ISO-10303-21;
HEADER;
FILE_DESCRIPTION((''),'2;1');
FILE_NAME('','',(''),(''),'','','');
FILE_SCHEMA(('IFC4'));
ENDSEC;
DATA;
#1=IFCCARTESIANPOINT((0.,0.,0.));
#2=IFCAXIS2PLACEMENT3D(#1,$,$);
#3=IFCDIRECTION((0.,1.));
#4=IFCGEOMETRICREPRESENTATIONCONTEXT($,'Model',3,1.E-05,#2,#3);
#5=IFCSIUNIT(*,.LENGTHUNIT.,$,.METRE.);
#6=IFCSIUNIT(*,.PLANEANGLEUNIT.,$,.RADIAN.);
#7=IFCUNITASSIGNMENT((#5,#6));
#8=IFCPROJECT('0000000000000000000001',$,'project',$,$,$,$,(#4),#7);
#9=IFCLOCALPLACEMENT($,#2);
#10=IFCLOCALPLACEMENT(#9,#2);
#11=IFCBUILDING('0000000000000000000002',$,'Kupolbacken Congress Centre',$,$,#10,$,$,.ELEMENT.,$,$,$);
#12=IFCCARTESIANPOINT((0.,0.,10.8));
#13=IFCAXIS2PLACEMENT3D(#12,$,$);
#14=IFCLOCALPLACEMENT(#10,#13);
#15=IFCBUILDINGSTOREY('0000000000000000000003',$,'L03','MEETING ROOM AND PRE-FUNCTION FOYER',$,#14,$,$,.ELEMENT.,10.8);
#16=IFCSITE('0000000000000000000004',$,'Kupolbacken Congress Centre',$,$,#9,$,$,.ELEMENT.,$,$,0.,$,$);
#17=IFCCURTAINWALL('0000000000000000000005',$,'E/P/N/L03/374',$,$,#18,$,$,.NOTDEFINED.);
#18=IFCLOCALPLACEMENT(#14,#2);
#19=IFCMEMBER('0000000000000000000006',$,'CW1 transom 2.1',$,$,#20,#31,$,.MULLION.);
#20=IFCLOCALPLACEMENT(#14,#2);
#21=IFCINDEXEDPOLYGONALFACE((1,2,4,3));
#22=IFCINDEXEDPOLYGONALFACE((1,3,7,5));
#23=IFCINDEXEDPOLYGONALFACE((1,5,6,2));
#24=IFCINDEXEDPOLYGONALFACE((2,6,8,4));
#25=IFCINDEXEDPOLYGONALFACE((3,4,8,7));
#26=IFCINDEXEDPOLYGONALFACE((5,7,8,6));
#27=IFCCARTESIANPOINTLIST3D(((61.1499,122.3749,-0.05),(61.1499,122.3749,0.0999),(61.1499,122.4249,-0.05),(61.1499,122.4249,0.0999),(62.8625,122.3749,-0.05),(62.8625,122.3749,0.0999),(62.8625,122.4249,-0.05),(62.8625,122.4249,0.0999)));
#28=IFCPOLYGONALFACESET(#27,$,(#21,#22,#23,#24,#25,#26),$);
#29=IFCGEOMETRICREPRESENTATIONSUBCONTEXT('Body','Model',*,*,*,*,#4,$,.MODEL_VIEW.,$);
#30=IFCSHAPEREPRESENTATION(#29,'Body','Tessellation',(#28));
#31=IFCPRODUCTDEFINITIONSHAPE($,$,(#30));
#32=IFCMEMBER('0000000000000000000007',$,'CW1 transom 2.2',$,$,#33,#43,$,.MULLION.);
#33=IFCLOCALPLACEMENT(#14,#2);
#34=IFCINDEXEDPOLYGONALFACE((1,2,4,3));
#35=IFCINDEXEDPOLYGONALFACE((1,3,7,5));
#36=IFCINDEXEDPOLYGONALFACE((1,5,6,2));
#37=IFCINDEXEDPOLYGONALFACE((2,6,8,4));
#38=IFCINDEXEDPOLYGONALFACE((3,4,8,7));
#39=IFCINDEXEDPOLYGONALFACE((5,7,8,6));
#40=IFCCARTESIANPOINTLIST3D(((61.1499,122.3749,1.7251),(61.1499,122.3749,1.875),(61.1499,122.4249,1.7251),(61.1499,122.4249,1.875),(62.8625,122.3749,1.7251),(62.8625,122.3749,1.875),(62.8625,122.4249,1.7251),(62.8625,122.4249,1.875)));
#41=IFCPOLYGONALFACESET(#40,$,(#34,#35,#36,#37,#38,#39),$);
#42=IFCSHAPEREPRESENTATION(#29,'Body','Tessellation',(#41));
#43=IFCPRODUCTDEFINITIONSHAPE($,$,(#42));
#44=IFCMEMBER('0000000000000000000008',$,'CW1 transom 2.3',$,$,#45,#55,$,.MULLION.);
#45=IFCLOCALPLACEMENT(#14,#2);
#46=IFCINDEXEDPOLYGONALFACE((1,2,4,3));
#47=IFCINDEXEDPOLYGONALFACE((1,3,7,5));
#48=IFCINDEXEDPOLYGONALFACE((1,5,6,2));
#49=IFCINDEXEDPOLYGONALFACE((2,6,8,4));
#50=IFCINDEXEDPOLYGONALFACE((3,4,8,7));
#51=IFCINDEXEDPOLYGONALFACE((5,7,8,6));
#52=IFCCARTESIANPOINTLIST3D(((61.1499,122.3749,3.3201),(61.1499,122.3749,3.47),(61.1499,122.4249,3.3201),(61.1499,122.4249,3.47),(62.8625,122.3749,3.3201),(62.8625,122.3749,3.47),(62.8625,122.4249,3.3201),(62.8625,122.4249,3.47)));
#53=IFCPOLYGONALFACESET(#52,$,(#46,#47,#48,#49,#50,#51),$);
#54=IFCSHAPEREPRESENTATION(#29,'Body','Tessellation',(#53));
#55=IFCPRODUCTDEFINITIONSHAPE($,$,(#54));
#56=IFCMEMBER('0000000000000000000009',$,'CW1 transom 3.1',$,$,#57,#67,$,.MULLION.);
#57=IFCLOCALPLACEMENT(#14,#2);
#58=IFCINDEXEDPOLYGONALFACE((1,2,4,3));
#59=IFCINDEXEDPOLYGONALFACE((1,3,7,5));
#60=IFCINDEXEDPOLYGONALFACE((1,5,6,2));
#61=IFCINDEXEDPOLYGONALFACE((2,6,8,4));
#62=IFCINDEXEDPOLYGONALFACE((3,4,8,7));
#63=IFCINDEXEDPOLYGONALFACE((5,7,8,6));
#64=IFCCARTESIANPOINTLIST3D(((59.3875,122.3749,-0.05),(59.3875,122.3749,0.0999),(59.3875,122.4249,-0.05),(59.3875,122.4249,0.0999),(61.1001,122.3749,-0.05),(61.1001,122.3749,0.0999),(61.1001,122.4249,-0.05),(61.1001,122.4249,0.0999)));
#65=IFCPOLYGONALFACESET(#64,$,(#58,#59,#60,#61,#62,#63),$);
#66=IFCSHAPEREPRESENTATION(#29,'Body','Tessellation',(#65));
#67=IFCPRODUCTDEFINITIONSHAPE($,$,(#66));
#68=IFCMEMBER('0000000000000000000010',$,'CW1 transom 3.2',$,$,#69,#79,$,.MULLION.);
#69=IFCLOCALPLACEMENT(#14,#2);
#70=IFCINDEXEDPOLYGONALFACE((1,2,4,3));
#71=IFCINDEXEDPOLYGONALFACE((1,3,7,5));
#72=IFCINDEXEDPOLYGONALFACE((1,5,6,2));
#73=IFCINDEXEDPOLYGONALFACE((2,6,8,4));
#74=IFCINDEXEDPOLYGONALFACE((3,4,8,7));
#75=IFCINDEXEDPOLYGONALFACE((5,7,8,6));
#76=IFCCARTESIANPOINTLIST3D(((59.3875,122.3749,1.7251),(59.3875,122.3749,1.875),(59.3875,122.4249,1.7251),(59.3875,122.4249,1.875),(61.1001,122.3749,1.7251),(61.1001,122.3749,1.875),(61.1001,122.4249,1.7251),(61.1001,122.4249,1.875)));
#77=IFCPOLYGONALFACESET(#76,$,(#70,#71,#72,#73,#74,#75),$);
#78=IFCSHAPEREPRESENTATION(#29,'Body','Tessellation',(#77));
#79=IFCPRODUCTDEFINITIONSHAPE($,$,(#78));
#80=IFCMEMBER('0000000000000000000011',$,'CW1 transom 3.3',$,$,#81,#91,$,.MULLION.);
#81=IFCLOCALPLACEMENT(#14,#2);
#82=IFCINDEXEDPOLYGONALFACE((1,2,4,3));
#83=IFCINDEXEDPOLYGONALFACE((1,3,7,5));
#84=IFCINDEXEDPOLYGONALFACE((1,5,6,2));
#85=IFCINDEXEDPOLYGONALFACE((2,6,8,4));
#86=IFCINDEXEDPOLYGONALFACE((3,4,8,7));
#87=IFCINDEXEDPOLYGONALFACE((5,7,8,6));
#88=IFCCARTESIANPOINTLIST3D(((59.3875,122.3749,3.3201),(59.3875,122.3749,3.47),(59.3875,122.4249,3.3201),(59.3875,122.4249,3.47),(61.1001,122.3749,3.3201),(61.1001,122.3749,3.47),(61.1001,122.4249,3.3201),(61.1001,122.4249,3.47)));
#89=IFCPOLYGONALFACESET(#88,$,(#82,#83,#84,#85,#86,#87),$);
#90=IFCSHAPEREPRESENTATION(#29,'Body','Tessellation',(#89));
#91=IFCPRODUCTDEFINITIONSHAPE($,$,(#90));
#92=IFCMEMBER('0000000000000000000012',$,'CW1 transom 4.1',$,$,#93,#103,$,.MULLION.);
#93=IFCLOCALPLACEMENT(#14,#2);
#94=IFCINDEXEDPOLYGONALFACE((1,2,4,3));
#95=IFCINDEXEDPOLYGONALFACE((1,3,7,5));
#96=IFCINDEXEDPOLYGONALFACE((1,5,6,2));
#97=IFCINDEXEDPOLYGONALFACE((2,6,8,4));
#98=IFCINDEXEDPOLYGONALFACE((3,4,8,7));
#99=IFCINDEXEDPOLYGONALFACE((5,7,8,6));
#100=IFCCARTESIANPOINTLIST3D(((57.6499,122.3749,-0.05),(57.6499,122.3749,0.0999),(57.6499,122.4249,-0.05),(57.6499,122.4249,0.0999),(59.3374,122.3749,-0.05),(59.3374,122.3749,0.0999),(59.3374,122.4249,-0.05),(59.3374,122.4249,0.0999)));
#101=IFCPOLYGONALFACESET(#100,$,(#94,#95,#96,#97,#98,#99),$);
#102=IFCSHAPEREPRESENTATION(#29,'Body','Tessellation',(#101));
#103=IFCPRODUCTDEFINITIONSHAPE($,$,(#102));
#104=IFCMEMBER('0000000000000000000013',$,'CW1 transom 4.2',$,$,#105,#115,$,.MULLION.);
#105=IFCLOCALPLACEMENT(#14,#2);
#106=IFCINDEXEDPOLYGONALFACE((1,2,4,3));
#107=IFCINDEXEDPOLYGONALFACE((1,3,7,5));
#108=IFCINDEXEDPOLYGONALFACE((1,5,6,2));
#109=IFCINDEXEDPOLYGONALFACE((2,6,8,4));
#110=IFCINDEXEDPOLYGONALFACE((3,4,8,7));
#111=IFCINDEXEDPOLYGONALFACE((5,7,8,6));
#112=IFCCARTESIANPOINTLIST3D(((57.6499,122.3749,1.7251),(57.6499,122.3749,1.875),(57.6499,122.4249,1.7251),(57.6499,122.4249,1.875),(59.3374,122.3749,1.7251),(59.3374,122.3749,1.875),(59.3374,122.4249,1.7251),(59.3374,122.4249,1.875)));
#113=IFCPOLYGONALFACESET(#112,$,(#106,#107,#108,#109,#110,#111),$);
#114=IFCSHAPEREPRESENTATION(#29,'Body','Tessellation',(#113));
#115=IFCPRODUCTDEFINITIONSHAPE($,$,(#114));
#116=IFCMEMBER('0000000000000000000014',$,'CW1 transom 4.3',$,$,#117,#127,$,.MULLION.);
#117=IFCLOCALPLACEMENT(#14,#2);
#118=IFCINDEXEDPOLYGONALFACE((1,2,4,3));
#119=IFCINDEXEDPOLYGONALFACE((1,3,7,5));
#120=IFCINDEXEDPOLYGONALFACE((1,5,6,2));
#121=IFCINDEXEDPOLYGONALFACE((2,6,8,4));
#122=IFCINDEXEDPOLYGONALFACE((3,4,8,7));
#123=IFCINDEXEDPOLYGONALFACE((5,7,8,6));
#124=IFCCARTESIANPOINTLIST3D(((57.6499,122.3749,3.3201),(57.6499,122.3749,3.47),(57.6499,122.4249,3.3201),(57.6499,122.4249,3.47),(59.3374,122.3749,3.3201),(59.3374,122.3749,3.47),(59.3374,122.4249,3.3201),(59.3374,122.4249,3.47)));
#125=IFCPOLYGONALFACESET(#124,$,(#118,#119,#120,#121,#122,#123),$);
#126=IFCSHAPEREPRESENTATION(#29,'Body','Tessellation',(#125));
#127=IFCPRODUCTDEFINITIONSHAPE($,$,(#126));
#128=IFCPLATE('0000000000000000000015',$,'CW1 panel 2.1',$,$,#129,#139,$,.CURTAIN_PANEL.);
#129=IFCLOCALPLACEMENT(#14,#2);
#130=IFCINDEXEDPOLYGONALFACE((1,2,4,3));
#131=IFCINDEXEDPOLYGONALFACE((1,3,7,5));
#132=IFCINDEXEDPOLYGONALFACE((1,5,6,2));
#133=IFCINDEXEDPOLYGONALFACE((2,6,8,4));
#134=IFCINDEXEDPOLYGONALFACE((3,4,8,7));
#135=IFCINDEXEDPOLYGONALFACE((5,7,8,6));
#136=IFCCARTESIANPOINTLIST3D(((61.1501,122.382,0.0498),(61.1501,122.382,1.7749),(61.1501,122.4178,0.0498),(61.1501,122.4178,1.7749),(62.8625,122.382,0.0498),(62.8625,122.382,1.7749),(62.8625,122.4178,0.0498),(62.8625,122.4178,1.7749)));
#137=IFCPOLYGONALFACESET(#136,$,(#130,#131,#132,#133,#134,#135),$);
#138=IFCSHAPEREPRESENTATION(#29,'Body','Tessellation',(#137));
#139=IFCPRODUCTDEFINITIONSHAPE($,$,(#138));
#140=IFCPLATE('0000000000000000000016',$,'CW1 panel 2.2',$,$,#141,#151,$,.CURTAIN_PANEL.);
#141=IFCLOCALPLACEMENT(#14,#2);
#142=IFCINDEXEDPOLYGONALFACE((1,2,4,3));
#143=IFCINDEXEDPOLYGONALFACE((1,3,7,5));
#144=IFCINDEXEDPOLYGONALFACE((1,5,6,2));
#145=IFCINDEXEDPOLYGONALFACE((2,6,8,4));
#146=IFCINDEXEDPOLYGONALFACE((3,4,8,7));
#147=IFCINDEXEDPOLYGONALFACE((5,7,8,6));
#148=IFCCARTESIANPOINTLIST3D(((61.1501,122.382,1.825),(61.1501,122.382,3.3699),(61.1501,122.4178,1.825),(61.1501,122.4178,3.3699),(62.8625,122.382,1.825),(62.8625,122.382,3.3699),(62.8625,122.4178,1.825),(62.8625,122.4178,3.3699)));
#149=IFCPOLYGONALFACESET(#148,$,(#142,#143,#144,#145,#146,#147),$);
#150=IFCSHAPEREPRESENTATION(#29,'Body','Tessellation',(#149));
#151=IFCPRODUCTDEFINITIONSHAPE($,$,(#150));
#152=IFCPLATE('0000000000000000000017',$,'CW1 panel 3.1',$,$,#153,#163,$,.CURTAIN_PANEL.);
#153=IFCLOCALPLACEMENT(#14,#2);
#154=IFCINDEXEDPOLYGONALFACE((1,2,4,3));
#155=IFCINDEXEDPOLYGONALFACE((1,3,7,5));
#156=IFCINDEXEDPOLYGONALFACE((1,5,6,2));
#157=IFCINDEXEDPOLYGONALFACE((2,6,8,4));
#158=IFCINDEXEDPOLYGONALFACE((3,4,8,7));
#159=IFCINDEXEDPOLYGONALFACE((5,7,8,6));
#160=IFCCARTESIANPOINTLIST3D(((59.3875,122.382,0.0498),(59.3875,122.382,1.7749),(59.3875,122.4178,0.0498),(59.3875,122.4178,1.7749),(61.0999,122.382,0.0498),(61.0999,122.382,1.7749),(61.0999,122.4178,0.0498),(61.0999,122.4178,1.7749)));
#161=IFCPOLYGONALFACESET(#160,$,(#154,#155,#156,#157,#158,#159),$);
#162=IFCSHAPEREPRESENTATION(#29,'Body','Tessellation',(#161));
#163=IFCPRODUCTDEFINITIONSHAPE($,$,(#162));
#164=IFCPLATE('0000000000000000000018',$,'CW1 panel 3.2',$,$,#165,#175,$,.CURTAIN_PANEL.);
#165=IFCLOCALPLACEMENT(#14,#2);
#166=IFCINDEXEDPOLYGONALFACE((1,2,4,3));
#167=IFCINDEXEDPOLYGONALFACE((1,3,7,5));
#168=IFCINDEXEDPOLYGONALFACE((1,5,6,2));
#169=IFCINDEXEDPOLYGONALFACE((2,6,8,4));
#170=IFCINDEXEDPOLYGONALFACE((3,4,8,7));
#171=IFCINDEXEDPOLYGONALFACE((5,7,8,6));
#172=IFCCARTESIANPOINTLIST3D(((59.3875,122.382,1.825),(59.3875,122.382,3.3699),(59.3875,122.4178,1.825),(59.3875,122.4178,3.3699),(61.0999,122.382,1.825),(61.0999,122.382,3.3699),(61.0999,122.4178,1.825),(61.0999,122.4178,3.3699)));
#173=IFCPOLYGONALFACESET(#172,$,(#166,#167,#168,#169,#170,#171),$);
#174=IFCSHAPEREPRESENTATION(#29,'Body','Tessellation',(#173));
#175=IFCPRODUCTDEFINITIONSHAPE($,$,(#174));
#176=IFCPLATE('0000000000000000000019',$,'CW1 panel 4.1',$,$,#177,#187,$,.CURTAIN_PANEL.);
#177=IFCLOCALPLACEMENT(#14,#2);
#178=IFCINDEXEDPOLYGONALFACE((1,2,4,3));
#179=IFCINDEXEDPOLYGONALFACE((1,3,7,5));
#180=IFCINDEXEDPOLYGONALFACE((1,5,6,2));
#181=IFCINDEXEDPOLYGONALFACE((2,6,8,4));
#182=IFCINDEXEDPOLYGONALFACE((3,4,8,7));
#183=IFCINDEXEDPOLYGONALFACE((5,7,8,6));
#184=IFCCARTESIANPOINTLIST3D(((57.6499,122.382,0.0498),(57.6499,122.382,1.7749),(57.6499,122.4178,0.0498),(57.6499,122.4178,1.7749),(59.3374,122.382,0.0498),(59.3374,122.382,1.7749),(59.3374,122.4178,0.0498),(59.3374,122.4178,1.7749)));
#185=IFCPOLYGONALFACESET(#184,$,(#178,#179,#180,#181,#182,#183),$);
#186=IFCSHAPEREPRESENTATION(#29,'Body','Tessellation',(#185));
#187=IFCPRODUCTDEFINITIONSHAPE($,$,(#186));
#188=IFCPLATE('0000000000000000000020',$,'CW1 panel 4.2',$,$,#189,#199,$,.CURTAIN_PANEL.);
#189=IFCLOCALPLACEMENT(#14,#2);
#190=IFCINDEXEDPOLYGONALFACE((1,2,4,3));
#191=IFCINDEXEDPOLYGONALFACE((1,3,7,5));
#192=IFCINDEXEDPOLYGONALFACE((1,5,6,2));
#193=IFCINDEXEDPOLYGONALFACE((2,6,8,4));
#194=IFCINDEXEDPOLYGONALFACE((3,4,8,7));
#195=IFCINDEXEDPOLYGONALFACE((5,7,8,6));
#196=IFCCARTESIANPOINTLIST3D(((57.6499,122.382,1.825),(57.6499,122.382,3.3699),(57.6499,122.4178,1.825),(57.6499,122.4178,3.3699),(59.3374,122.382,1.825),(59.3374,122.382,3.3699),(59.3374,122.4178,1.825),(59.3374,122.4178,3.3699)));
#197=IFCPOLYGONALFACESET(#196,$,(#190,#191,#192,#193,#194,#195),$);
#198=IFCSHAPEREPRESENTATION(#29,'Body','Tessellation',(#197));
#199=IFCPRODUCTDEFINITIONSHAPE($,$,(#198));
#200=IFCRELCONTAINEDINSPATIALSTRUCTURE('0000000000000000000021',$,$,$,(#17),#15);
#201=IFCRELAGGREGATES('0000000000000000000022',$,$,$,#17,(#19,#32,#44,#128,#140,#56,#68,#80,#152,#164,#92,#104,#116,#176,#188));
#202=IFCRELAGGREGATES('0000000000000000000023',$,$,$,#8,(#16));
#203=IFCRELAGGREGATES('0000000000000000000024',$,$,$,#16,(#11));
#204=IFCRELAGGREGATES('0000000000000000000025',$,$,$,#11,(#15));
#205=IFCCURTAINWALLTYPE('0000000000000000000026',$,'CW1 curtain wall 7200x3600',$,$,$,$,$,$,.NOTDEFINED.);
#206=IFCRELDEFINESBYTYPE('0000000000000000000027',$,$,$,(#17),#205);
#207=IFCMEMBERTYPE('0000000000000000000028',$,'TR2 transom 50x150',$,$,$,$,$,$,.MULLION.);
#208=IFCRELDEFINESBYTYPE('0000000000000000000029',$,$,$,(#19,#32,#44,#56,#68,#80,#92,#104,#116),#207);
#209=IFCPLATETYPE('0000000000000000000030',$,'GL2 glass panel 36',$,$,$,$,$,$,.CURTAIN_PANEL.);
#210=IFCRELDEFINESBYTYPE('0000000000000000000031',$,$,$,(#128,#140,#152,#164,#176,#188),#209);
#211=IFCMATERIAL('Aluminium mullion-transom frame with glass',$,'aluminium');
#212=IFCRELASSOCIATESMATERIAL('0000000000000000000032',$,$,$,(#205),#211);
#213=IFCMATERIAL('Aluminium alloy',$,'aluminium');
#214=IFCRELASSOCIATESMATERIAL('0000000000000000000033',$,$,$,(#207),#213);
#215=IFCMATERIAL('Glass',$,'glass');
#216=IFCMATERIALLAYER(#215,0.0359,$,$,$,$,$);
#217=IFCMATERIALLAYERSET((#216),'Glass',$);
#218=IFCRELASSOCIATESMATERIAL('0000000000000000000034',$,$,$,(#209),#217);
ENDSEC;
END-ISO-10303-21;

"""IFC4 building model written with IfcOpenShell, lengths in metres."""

from ifc_helpers import new_model, si_unit, direction, frame, origin, origin_2d, place, context, subcontext, project, spatial, rectangle, extrude, material, layer, layer_set, material_profile, profile_set, type_object, element, aggregate, save


model = new_model("IFC4")

# Units and contexts
model_context = context("Model", 3, precision=1e-05, world=origin(), true_north=direction((0.0, 1.0)))
body_context = subcontext(model_context, "Body", "Model", "MODEL_VIEW")
ifc_project = project(units=[si_unit("LENGTHUNIT", "METRE"), si_unit("PLANEANGLEUNIT", "RADIAN")], contexts=[model_context])

# Site, building, storey
site_placement = place(None, origin())
site = spatial("IfcSite", under=ifc_project, at=site_placement, Name="Kupolbacken Congress Centre", CompositionType="ELEMENT", RefElevation=0.0)
building_placement = place(site_placement, origin())
building = spatial("IfcBuilding", under=site, at=building_placement, Name="Kupolbacken Congress Centre", CompositionType="ELEMENT")
storey_placement = place(building_placement, frame((0.0, 0.0, 10.8)))
storey = spatial("IfcBuildingStorey", under=building, at=storey_placement, Name="L03", Description="MEETING ROOM AND PRE-FUNCTION FOYER", CompositionType="ELEMENT", Elevation=10.8)

# Curtain wall, members, plates
ifc_material_1 = material(Name="Aluminium mullion-transom frame with glass", Category="aluminium")
curtain_wall_type = type_object("IfcCurtainWallType", Name="CW1 curtain wall 7200x3600", PredefinedType="NOTDEFINED", material=ifc_material_1)
curtain_wall_placement = place(storey_placement, origin())
curtain_wall = element("IfcCurtainWall", 1, at=curtain_wall_placement, inside=storey, type_object=curtain_wall_type, Name="E/P/N/L03/374", PredefinedType="NOTDEFINED")
ifc_material_2 = material(Name="Aluminium alloy", Category="aluminium")
ifc_material_profile_1 = material_profile(ifc_material_2, rectangle(XDim=0.05, YDim=0.1499, at=origin_2d()), Name="50 x 150")
ifc_profile_set_1 = profile_set([ifc_material_profile_1], Name="Aluminium alloy")
member_type_1 = type_object("IfcMemberType", Name="TR2 transom 50x150", PredefinedType="MULLION", material=ifc_profile_set_1)
member_1_placement = place(storey_placement, frame((62.8625, 122.3999, 0.0249), z_axis=(-1.0, 0.0, 0.0), x_axis=(0.0, -1.0, 0.0)))
member_1 = element("IfcMember", 2, at=member_1_placement, type_object=member_type_1, Name="CW1 transom 2.1", PredefinedType="MULLION", context=body_context, shape_type="SweptSolid", body=[
    extrude(rectangle(XDim=0.05, YDim=0.1499, at=origin_2d()), origin(), (0.0, 0.0, 1.0), 1.7126),
])
member_2_placement = place(storey_placement, frame((62.8625, 122.3999, 1.8), z_axis=(-1.0, 0.0, 0.0), x_axis=(0.0, -1.0, 0.0)))
member_2 = element("IfcMember", 3, at=member_2_placement, type_object=member_type_1, Name="CW1 transom 2.2", PredefinedType="MULLION", context=body_context, shape_type="SweptSolid", body=[
    extrude(rectangle(XDim=0.05, YDim=0.1499, at=origin_2d()), origin(), (0.0, 0.0, 1.0), 1.7126),
])
member_3_placement = place(storey_placement, frame((62.8625, 122.3999, 3.395), z_axis=(-1.0, 0.0, 0.0), x_axis=(0.0, -1.0, 0.0)))
member_3 = element("IfcMember", 4, at=member_3_placement, type_object=member_type_1, Name="CW1 transom 2.3", PredefinedType="MULLION", context=body_context, shape_type="SweptSolid", body=[
    extrude(rectangle(XDim=0.05, YDim=0.1499, at=origin_2d()), origin(), (0.0, 0.0, 1.0), 1.7126),
])
member_4_placement = place(storey_placement, frame((61.1001, 122.3999, 0.0249), z_axis=(-1.0, 0.0, 0.0), x_axis=(0.0, -1.0, 0.0)))
member_4 = element("IfcMember", 5, at=member_4_placement, type_object=member_type_1, Name="CW1 transom 3.1", PredefinedType="MULLION", context=body_context, shape_type="SweptSolid", body=[
    extrude(rectangle(XDim=0.05, YDim=0.1499, at=origin_2d()), origin(), (0.0, 0.0, 1.0), 1.7126),
])
member_5_placement = place(storey_placement, frame((61.1001, 122.3999, 1.8), z_axis=(-1.0, 0.0, 0.0), x_axis=(0.0, -1.0, 0.0)))
member_5 = element("IfcMember", 6, at=member_5_placement, type_object=member_type_1, Name="CW1 transom 3.2", PredefinedType="MULLION", context=body_context, shape_type="SweptSolid", body=[
    extrude(rectangle(XDim=0.05, YDim=0.1499, at=origin_2d()), origin(), (0.0, 0.0, 1.0), 1.7126),
])
member_6_placement = place(storey_placement, frame((61.1001, 122.3999, 3.395), z_axis=(-1.0, 0.0, 0.0), x_axis=(0.0, -1.0, 0.0)))
member_6 = element("IfcMember", 7, at=member_6_placement, type_object=member_type_1, Name="CW1 transom 3.3", PredefinedType="MULLION", context=body_context, shape_type="SweptSolid", body=[
    extrude(rectangle(XDim=0.05, YDim=0.1499, at=origin_2d()), origin(), (0.0, 0.0, 1.0), 1.7126),
])
member_7_placement = place(storey_placement, frame((59.3374, 122.3999, 0.0249), z_axis=(-1.0, 0.0, 0.0), x_axis=(0.0, -1.0, 0.0)))
member_7 = element("IfcMember", 8, at=member_7_placement, type_object=member_type_1, Name="CW1 transom 4.1", PredefinedType="MULLION", context=body_context, shape_type="SweptSolid", body=[
    extrude(rectangle(XDim=0.05, YDim=0.1499, at=origin_2d()), origin(), (0.0, 0.0, 1.0), 1.6875),
])
member_8_placement = place(storey_placement, frame((59.3374, 122.3999, 1.8), z_axis=(-1.0, 0.0, 0.0), x_axis=(0.0, -1.0, 0.0)))
member_8 = element("IfcMember", 9, at=member_8_placement, type_object=member_type_1, Name="CW1 transom 4.2", PredefinedType="MULLION", context=body_context, shape_type="SweptSolid", body=[
    extrude(rectangle(XDim=0.05, YDim=0.1499, at=origin_2d()), origin(), (0.0, 0.0, 1.0), 1.6875),
])
member_9_placement = place(storey_placement, frame((59.3374, 122.3999, 3.395), z_axis=(-1.0, 0.0, 0.0), x_axis=(0.0, -1.0, 0.0)))
member_9 = element("IfcMember", 10, at=member_9_placement, type_object=member_type_1, Name="CW1 transom 4.3", PredefinedType="MULLION", context=body_context, shape_type="SweptSolid", body=[
    extrude(rectangle(XDim=0.05, YDim=0.1499, at=origin_2d()), origin(), (0.0, 0.0, 1.0), 1.6875),
])
ifc_material_3 = material(Name="Glass", Category="glass")
ifc_layer_1 = layer(ifc_material_3, 0.0359)
ifc_layer_set_1 = layer_set([ifc_layer_1], Name="Glass")
plate_type = type_object("IfcPlateType", Name="GL2 glass panel 36", PredefinedType="CURTAIN_PANEL", material=ifc_layer_set_1)
plate_1_placement = place(storey_placement, frame((62.0063, 122.3999, 0.0498), z_axis=(0.0, 0.0, 1.0), x_axis=(-1.0, 0.0, 0.0)))
plate_1 = element("IfcPlate", 11, at=plate_1_placement, type_object=plate_type, Name="CW1 panel 2.1", PredefinedType="CURTAIN_PANEL", context=body_context, shape_type="SweptSolid", body=[
    extrude(rectangle(XDim=1.7124, YDim=0.0359, at=origin_2d()), origin(), (0.0, 0.0, 1.0), 1.7251),
])
plate_2_placement = place(storey_placement, frame((62.0063, 122.3999, 1.825), z_axis=(0.0, 0.0, 1.0), x_axis=(-1.0, 0.0, 0.0)))
plate_2 = element("IfcPlate", 12, at=plate_2_placement, type_object=plate_type, Name="CW1 panel 2.2", PredefinedType="CURTAIN_PANEL", context=body_context, shape_type="SweptSolid", body=[
    extrude(rectangle(XDim=1.7124, YDim=0.0359, at=origin_2d()), origin(), (0.0, 0.0, 1.0), 1.5449),
])
plate_3_placement = place(storey_placement, frame((60.2437, 122.3999, 0.0498), z_axis=(0.0, 0.0, 1.0), x_axis=(-1.0, 0.0, 0.0)))
plate_3 = element("IfcPlate", 13, at=plate_3_placement, type_object=plate_type, Name="CW1 panel 3.1", PredefinedType="CURTAIN_PANEL", context=body_context, shape_type="SweptSolid", body=[
    extrude(rectangle(XDim=1.7124, YDim=0.0359, at=origin_2d()), origin(), (0.0, 0.0, 1.0), 1.7251),
])
plate_4_placement = place(storey_placement, frame((60.2437, 122.3999, 1.825), z_axis=(0.0, 0.0, 1.0), x_axis=(-1.0, 0.0, 0.0)))
plate_4 = element("IfcPlate", 14, at=plate_4_placement, type_object=plate_type, Name="CW1 panel 3.2", PredefinedType="CURTAIN_PANEL", context=body_context, shape_type="SweptSolid", body=[
    extrude(rectangle(XDim=1.7124, YDim=0.0359, at=origin_2d()), origin(), (0.0, 0.0, 1.0), 1.5449),
])
plate_5_placement = place(storey_placement, frame((58.4937, 122.3999, 0.0498), z_axis=(0.0, 0.0, 1.0), x_axis=(-1.0, 0.0, 0.0)))
plate_5 = element("IfcPlate", 15, at=plate_5_placement, type_object=plate_type, Name="CW1 panel 4.1", PredefinedType="CURTAIN_PANEL", context=body_context, shape_type="SweptSolid", body=[
    extrude(rectangle(XDim=1.6875, YDim=0.0359, at=origin_2d()), origin(), (0.0, 0.0, 1.0), 1.7251),
])
plate_6_placement = place(storey_placement, frame((58.4937, 122.3999, 1.825), z_axis=(0.0, 0.0, 1.0), x_axis=(-1.0, 0.0, 0.0)))
plate_6 = element("IfcPlate", 16, at=plate_6_placement, type_object=plate_type, Name="CW1 panel 4.2", PredefinedType="CURTAIN_PANEL", context=body_context, shape_type="SweptSolid", body=[
    extrude(rectangle(XDim=1.6875, YDim=0.0359, at=origin_2d()), origin(), (0.0, 0.0, 1.0), 1.5449),
])
aggregate(curtain_wall, [member_1, member_2, member_3, plate_1, plate_2, member_4, member_5, member_6, plate_3, plate_4, member_7, member_8, member_9, plate_5, plate_6])

save(model, "model.ifc")
